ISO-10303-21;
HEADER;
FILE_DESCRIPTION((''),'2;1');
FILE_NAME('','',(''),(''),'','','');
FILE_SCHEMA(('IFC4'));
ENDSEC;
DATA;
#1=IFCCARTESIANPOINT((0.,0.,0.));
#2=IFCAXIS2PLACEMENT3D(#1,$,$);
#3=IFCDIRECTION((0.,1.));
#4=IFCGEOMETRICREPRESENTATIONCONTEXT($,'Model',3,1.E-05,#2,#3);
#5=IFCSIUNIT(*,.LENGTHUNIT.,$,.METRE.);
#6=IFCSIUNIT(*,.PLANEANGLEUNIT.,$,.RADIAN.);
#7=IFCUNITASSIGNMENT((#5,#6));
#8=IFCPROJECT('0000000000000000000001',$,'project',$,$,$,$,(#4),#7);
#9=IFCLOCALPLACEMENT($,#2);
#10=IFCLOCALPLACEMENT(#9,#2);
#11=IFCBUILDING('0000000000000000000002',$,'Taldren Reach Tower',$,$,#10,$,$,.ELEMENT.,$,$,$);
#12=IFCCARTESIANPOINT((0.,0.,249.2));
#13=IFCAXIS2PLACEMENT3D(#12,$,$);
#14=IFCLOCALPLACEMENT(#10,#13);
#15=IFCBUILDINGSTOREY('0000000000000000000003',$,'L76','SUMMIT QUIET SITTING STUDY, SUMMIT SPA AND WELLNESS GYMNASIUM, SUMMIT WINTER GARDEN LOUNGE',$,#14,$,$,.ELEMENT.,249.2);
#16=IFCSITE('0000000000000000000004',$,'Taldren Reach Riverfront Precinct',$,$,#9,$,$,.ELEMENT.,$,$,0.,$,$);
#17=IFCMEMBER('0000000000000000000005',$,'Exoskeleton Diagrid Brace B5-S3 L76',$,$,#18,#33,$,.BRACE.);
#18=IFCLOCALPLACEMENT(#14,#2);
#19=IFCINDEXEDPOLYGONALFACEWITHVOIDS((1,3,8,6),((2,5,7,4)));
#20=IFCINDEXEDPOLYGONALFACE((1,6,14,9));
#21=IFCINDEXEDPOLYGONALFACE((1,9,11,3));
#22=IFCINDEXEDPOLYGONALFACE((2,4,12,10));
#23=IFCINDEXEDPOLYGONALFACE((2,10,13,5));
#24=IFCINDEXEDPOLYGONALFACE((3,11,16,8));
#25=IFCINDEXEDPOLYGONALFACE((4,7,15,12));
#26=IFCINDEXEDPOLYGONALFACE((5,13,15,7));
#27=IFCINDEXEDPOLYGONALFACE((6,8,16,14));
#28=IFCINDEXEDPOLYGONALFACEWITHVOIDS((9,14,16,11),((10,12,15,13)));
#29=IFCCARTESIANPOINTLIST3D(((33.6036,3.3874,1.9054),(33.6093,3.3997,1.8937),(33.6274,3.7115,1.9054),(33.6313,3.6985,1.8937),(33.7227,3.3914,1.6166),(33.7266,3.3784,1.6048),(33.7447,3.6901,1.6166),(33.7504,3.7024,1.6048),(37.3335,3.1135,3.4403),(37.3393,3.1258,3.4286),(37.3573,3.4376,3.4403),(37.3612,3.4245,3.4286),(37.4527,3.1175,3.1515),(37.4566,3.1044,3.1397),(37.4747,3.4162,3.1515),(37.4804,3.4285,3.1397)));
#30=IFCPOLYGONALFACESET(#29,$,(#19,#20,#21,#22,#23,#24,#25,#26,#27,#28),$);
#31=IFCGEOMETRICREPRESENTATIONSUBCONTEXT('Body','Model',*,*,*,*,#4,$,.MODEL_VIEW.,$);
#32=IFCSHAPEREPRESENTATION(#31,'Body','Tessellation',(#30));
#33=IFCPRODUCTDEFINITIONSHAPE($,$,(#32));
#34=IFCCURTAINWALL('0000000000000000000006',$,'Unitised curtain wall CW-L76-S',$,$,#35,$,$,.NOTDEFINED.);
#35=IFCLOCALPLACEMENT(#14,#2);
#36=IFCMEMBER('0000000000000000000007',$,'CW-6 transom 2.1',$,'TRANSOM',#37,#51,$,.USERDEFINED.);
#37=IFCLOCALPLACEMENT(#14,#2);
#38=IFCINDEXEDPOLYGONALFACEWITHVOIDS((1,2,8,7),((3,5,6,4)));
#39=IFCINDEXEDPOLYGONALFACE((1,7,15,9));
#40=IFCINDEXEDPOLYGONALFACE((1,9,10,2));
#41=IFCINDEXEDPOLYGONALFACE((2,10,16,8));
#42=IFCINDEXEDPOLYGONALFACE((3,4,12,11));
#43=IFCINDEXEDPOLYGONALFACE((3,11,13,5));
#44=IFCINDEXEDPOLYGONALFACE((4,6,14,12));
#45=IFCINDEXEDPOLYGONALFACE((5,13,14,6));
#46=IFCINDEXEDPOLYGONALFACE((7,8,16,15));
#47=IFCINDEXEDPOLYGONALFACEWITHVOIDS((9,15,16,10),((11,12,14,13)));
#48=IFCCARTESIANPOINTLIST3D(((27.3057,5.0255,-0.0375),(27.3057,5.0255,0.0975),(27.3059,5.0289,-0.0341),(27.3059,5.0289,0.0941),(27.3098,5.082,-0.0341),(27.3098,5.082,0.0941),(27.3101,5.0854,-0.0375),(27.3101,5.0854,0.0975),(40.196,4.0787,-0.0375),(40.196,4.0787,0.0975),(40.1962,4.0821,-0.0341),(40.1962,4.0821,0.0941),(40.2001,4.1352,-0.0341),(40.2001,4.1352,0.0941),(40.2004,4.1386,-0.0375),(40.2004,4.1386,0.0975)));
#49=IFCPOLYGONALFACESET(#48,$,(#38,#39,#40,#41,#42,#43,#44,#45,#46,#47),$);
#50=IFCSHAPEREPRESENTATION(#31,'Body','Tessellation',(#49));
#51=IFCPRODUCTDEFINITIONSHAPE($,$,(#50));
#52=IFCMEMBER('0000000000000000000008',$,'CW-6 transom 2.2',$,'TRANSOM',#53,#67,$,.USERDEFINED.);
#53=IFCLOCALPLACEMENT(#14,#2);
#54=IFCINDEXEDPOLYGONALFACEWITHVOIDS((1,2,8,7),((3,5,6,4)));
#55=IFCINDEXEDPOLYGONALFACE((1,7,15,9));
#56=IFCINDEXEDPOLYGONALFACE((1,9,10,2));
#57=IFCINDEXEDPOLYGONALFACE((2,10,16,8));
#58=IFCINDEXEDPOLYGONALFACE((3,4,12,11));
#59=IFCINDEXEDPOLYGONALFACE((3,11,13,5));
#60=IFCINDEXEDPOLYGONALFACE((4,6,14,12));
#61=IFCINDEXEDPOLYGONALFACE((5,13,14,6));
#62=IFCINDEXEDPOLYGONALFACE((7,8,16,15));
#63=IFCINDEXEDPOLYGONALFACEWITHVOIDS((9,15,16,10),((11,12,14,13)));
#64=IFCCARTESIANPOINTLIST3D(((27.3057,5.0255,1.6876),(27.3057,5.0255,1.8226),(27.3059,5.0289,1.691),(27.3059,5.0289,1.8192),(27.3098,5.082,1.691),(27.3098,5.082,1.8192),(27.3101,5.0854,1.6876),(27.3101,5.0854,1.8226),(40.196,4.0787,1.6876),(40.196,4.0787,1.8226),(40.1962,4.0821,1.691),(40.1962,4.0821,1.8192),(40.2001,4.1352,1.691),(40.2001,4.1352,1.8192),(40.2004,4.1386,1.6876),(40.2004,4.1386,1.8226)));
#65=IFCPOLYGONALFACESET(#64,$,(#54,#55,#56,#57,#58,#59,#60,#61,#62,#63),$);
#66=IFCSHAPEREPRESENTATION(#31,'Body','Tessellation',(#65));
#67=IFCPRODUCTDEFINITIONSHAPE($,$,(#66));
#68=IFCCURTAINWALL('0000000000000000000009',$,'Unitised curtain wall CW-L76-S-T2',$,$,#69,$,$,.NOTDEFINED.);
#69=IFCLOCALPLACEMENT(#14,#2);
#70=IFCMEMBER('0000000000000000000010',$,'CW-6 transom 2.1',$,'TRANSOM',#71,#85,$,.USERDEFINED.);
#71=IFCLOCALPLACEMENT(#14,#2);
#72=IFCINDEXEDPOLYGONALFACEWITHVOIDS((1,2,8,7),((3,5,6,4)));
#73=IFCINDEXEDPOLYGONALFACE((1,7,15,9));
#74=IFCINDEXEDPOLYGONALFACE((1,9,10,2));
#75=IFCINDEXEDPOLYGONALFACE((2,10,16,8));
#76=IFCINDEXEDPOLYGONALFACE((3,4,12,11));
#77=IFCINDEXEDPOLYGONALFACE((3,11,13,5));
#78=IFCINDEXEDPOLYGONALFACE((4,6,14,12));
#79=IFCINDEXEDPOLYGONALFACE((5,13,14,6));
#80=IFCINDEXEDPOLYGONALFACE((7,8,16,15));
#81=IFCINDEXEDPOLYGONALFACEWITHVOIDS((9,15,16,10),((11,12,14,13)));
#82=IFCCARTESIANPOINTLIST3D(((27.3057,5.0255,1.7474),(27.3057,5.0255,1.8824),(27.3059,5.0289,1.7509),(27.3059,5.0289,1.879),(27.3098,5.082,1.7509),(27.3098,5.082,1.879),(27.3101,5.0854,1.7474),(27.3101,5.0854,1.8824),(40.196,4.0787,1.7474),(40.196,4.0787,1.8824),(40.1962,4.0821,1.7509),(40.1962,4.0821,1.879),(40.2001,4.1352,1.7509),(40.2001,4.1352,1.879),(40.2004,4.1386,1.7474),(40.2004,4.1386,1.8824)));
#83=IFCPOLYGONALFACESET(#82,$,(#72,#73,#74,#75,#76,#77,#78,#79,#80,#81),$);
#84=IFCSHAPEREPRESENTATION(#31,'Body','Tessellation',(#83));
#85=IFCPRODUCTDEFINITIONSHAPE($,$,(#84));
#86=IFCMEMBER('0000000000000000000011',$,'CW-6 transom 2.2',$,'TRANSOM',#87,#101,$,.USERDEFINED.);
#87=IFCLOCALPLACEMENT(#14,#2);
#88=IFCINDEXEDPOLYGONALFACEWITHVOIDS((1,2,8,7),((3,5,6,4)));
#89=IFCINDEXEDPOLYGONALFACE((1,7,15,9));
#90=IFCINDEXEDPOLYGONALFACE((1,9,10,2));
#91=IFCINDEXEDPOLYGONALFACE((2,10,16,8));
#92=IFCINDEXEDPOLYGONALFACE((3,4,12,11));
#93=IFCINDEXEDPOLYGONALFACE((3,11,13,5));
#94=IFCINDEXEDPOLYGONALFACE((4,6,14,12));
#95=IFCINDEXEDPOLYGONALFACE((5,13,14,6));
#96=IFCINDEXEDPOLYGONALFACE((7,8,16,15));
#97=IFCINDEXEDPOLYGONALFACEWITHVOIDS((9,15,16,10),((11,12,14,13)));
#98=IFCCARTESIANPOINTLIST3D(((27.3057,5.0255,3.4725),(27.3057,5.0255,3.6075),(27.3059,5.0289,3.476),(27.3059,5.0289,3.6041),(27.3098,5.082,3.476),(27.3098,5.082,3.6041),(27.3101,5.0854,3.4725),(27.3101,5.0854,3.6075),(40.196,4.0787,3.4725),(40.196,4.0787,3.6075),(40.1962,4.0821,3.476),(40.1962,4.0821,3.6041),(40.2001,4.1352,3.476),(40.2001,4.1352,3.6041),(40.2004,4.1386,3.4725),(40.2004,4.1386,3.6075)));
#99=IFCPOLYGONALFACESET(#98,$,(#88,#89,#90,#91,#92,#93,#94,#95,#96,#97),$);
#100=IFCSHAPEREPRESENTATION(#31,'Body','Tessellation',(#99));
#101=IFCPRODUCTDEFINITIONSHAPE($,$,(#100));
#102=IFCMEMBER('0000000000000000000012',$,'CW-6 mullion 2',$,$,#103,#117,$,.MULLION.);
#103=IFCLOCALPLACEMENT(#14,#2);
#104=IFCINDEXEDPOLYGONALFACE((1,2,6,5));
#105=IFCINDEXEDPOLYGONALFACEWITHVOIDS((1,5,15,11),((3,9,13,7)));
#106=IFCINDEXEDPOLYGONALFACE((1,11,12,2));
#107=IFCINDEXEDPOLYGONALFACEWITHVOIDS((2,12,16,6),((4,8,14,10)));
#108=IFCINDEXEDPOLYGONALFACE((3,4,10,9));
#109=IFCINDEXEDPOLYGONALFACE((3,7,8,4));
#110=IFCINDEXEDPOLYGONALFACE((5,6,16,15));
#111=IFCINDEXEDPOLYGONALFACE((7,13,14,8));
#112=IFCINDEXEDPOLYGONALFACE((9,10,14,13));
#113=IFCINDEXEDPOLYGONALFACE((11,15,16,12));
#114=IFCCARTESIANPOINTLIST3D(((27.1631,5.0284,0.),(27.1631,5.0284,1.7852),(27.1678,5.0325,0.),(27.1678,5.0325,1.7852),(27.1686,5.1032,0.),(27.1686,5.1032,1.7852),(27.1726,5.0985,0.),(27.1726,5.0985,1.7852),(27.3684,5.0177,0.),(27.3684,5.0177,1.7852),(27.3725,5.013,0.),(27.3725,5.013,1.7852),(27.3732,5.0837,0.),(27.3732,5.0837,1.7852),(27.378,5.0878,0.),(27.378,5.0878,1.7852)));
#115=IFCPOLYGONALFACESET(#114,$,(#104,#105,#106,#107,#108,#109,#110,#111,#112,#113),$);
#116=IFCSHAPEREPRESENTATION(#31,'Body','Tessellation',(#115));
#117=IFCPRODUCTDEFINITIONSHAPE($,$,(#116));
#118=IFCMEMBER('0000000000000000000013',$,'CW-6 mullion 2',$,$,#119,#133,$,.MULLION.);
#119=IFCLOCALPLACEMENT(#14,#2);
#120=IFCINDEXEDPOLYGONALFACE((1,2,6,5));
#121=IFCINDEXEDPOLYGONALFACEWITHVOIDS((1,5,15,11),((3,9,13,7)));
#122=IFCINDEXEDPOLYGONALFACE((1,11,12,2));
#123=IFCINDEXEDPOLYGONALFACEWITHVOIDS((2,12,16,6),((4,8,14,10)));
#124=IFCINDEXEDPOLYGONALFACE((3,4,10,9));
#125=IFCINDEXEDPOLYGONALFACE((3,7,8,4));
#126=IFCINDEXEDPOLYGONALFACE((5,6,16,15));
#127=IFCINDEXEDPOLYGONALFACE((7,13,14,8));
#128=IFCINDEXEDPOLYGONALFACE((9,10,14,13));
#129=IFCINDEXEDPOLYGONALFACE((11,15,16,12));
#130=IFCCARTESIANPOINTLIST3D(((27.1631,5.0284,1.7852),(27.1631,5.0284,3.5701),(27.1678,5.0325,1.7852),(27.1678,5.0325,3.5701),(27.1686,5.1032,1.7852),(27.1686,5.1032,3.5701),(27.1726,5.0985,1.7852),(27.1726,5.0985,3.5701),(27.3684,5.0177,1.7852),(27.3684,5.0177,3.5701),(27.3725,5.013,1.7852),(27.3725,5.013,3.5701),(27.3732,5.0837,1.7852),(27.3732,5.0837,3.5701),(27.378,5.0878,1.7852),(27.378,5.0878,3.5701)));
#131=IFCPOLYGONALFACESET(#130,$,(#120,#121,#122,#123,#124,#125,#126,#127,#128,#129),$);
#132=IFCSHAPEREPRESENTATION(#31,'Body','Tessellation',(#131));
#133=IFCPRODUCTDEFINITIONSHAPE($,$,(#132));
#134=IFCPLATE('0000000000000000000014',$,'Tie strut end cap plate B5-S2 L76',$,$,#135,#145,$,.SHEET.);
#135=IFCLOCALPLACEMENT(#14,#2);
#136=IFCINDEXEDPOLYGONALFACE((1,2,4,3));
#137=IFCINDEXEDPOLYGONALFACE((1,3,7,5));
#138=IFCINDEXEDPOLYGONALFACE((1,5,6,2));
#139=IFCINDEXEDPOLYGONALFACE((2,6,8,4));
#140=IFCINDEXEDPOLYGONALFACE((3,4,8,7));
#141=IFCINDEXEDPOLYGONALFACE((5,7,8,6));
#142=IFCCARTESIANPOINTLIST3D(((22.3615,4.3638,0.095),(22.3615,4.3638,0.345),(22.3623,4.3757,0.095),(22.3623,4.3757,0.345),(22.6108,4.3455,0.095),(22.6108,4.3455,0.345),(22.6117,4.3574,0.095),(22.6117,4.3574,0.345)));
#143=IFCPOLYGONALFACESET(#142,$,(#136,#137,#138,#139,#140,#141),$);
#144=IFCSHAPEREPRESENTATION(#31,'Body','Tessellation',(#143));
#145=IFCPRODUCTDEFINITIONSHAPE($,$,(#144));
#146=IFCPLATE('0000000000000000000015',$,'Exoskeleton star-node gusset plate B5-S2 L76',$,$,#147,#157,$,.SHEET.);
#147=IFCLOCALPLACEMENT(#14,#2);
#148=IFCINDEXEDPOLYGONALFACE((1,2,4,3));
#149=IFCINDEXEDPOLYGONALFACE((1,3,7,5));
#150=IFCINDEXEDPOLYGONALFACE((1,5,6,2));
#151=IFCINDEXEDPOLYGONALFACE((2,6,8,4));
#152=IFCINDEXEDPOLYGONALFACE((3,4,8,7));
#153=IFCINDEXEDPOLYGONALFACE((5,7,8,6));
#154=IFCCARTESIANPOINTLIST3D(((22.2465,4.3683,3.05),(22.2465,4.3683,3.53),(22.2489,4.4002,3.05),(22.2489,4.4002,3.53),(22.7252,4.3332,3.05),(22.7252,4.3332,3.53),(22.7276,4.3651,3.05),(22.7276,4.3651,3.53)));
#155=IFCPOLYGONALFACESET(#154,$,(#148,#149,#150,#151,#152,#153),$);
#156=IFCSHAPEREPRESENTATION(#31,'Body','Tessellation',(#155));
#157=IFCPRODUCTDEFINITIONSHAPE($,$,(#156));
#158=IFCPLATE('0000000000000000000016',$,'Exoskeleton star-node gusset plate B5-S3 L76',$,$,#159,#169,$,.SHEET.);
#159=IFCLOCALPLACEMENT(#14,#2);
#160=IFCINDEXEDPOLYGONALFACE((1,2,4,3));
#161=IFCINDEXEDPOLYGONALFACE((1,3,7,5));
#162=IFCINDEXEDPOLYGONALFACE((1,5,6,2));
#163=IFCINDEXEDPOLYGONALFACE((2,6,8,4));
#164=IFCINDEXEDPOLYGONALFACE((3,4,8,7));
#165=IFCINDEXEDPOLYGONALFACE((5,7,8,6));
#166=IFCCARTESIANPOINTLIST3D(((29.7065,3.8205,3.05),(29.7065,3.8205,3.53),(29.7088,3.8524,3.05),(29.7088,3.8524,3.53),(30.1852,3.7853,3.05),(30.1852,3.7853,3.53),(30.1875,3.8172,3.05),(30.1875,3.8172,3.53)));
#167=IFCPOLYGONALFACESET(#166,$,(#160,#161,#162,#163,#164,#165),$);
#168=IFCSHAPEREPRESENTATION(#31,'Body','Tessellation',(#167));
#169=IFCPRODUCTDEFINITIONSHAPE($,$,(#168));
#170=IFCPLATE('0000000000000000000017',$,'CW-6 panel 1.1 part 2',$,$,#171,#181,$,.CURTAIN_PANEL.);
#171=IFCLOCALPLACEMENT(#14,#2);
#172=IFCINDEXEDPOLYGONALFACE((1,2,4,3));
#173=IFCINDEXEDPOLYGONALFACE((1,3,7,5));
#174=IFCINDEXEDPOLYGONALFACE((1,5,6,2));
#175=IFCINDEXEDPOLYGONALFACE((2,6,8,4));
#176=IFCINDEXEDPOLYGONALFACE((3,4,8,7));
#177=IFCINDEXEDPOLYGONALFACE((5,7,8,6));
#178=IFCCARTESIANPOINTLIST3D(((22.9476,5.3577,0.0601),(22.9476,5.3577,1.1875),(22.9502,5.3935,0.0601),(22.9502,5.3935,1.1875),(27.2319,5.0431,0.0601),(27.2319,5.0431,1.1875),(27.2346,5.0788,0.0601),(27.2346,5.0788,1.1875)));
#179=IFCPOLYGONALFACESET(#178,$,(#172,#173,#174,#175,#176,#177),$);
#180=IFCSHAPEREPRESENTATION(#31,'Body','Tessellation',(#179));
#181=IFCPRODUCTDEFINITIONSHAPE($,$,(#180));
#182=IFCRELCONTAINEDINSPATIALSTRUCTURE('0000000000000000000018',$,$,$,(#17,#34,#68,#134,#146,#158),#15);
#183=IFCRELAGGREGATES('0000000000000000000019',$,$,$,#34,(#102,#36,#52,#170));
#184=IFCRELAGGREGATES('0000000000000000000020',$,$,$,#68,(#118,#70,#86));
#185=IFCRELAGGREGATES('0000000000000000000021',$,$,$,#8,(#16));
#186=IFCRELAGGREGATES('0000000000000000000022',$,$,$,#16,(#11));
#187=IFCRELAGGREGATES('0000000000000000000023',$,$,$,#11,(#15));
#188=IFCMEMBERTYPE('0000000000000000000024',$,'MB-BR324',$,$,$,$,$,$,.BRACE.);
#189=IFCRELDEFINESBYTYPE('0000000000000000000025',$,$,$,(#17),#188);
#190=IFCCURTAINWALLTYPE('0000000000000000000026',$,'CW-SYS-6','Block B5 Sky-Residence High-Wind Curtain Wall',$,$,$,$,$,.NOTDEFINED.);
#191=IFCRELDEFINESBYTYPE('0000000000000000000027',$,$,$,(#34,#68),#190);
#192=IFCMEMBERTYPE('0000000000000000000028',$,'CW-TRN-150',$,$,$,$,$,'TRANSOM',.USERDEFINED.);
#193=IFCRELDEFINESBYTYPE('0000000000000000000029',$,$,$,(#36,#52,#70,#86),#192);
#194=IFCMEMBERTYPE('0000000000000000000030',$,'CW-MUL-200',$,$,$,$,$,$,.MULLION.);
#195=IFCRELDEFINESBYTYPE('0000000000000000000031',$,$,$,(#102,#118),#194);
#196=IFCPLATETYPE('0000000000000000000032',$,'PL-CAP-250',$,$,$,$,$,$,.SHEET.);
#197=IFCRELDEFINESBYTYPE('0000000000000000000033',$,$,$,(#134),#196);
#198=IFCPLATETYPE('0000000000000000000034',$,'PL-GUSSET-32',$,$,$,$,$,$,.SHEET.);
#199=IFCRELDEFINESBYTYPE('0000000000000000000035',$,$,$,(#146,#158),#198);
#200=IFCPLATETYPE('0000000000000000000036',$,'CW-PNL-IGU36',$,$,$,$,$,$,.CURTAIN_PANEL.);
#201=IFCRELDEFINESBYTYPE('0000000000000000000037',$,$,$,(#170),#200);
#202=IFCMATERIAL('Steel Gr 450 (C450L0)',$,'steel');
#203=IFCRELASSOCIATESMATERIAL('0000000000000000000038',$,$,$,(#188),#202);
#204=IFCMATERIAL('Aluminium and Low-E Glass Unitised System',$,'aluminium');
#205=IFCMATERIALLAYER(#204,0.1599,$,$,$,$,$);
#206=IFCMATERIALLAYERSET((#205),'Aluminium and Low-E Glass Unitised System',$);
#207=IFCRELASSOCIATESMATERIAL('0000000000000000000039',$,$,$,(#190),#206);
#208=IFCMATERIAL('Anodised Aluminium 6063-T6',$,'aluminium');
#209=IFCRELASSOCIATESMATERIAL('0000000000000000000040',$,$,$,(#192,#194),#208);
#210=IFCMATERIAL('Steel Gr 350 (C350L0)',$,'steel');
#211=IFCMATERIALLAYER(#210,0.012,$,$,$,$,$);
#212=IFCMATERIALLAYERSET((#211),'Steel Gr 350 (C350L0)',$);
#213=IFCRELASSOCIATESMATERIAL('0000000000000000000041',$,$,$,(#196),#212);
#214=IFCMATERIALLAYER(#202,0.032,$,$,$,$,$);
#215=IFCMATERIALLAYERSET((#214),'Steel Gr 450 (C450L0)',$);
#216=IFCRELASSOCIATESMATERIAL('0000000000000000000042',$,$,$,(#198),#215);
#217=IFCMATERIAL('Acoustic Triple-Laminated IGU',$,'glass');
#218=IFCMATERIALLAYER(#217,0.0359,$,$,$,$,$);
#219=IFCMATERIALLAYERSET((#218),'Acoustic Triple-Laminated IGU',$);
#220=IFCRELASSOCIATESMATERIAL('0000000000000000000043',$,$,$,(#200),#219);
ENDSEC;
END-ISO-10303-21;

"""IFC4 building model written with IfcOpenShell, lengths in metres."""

from ifc_helpers import new_model, si_unit, direction, frame, origin, origin_2d, place, context, subcontext, project, spatial, rectangle, hollow_rectangle, extrude, source, transform, mapped, material, layer, layer_set, material_profile, profile_set, type_object, element, aggregate, save


model = new_model("IFC4")

# Units and contexts
model_context = context("Model", 3, precision=1e-05, world=origin(), true_north=direction((0.0, 1.0)))
body_context = subcontext(model_context, "Body", "Model", "MODEL_VIEW")
ifc_project = project(units=[si_unit("LENGTHUNIT", "METRE"), si_unit("PLANEANGLEUNIT", "RADIAN")], contexts=[model_context])

# Site, building, storey
site_placement = place(None, origin())
site = spatial("IfcSite", under=ifc_project, at=site_placement, Name="Taldren Reach Riverfront Precinct", CompositionType="ELEMENT", RefElevation=0.0)
building_placement = place(site_placement, origin())
building = spatial("IfcBuilding", under=site, at=building_placement, Name="Taldren Reach Tower", CompositionType="ELEMENT")
storey_placement = place(building_placement, frame((0.0, 0.0, 249.2)))
storey = spatial("IfcBuildingStorey", under=building, at=storey_placement, Name="L76", Description="SUMMIT QUIET SITTING STUDY, SUMMIT SPA AND WELLNESS GYMNASIUM, SUMMIT WINTER GARDEN LOUNGE", CompositionType="ELEMENT", Elevation=249.2)

# Shared definitions
ifc_material_1 = material(Name="Steel Gr 350 (C350L0)", Category="steel")
ifc_material_2 = material(Name="Steel Gr 450 (C450L0)", Category="steel")

# Member
ifc_material_profile_1 = material_profile(ifc_material_2, hollow_rectangle(XDim=0.325, YDim=0.325, WallThickness=0.0127, at=origin_2d()), Name="325x325x12.7SHS")
ifc_profile_set_1 = profile_set([ifc_material_profile_1], Name="Steel Gr 450 (C450L0)")
member_type_1 = type_object("IfcMemberType", Name="MB-BR324", PredefinedType="BRACE", material=ifc_profile_set_1)
shared_shape_1 = source(origin(), body_context, "Body", "SweptSolid", [
    extrude(hollow_rectangle(XDim=0.325, YDim=0.325, WallThickness=0.0127, at=origin_2d()), origin(), (0.0, 0.0, 1.0), 4.0427),
])
for number, where, z_axis, x_axis, name in (
    (1, (33.677, 3.5449, 1.7551), (0.922637, -0.067757, 0.379671), (0.073242, 0.997314, 0.0), "Exoskeleton Diagrid Brace B5-S3 L76"),
):
    element("IfcMember", number, at=place(storey_placement, frame(where, z_axis=z_axis, x_axis=x_axis)), inside=storey, type_object=member_type_1, Name=name, PredefinedType="BRACE", context=body_context, shape_type="MappedRepresentation", body=[
        mapped(shared_shape_1, transform((0.0, 0.0, 0.0), scale=1.0)),
    ])

# Curtain walls, members
ifc_material_3 = material(Name="Aluminium and Low-E Glass Unitised System", Category="aluminium")
ifc_layer_1 = layer(ifc_material_3, 0.1599)
ifc_layer_set_1 = layer_set([ifc_layer_1], Name="Aluminium and Low-E Glass Unitised System")
curtain_wall_type = type_object("IfcCurtainWallType", Name="CW-SYS-6", Description="Block B5 Sky-Residence High-Wind Curtain Wall", PredefinedType="NOTDEFINED", material=ifc_layer_set_1)
curtain_wall_1_placement = place(storey_placement, origin())
curtain_wall_1 = element("IfcCurtainWall", 2, at=curtain_wall_1_placement, inside=storey, type_object=curtain_wall_type, Name="Unitised curtain wall CW-L76-S", PredefinedType="NOTDEFINED")
ifc_material_4 = material(Name="Anodised Aluminium 6063-T6", Category="aluminium")
ifc_material_profile_2 = material_profile(ifc_material_4, hollow_rectangle(XDim=0.0601, YDim=0.135, WallThickness=0.0034, at=origin_2d()), Name="ALU-135x60x3.5RHS")
ifc_profile_set_2 = profile_set([ifc_material_profile_2], Name="Anodised Aluminium 6063-T6")
member_type_2 = type_object("IfcMemberType", Name="CW-TRN-150", ElementType="TRANSOM", PredefinedType="USERDEFINED", material=ifc_profile_set_2)
shared_shape_2 = source(origin(), body_context, "Body", "SweptSolid", [
    extrude(hollow_rectangle(XDim=0.0601, YDim=0.135, WallThickness=0.0034, at=origin_2d()), origin(), (0.0, 0.0, 1.0), 12.925),
])
member_1_placement = place(storey_placement, frame((27.3079, 5.0554, 0.03), z_axis=(0.997314, -0.073251, 0.0), x_axis=(0.073251, 0.997314, 0.0)))
member_1 = element("IfcMember", 3, at=member_1_placement, type_object=member_type_2, Name="CW-6 transom 2.1", ObjectType="TRANSOM", PredefinedType="USERDEFINED", context=body_context, shape_type="MappedRepresentation", body=[
    mapped(shared_shape_2, transform((0.0, 0.0, 0.0), scale=1.0)),
])
member_2_placement = place(storey_placement, frame((27.3079, 5.0554, 1.7551), z_axis=(0.997314, -0.073251, 0.0), x_axis=(0.073251, 0.997314, 0.0)))
member_2 = element("IfcMember", 4, at=member_2_placement, type_object=member_type_2, Name="CW-6 transom 2.2", ObjectType="TRANSOM", PredefinedType="USERDEFINED", context=body_context, shape_type="MappedRepresentation", body=[
    mapped(shared_shape_2, transform((0.0, 0.0, 0.0), scale=1.0)),
])
curtain_wall_2_placement = place(storey_placement, origin())
curtain_wall_2 = element("IfcCurtainWall", 5, at=curtain_wall_2_placement, inside=storey, type_object=curtain_wall_type, Name="Unitised curtain wall CW-L76-S-T2", PredefinedType="NOTDEFINED")
member_3_placement = place(storey_placement, frame((27.3079, 5.0554, 1.8149), z_axis=(0.997314, -0.073251, 0.0), x_axis=(0.073251, 0.997314, 0.0)))
member_3 = element("IfcMember", 6, at=member_3_placement, type_object=member_type_2, Name="CW-6 transom 2.1", ObjectType="TRANSOM", PredefinedType="USERDEFINED", context=body_context, shape_type="MappedRepresentation", body=[
    mapped(shared_shape_2, transform((0.0, 0.0, 0.0), scale=1.0)),
])
member_4_placement = place(storey_placement, frame((27.3079, 5.0554, 3.54), z_axis=(0.997314, -0.073251, 0.0), x_axis=(0.073251, 0.997314, 0.0)))
member_4 = element("IfcMember", 7, at=member_4_placement, type_object=member_type_2, Name="CW-6 transom 2.2", ObjectType="TRANSOM", PredefinedType="USERDEFINED", context=body_context, shape_type="MappedRepresentation", body=[
    mapped(shared_shape_2, transform((0.0, 0.0, 0.0), scale=1.0)),
])

# Members
ifc_material_profile_3 = material_profile(ifc_material_4, hollow_rectangle(XDim=0.075, YDim=0.21, WallThickness=0.0044, at=origin_2d()), Name="ALU-210x75x4.5RHS")
ifc_profile_set_3 = profile_set([ifc_material_profile_3], Name="Anodised Aluminium 6063-T6")
member_type_3 = type_object("IfcMemberType", Name="CW-MUL-200", PredefinedType="MULLION", material=ifc_profile_set_3)
shared_shape_3 = source(origin(), body_context, "Body", "SweptSolid", [
    extrude(hollow_rectangle(XDim=0.075, YDim=0.21, WallThickness=0.0044, at=origin_2d()), origin(), (0.0, 0.0, 1.0), 1.7852),
])
member_5_placement = place(storey_placement, frame((27.2705, 5.0581, 0.0), z_axis=(0.0, 0.0, 1.0), x_axis=(0.073238, 0.997314, 0.0)))
member_5 = element("IfcMember", 8, at=member_5_placement, type_object=member_type_3, Name="CW-6 mullion 2", PredefinedType="MULLION", context=body_context, shape_type="MappedRepresentation", body=[
    mapped(shared_shape_3, transform((0.0, 0.0, 0.0), scale=1.0)),
])
shared_shape_4 = source(origin(), body_context, "Body", "SweptSolid", [
    extrude(hollow_rectangle(XDim=0.075, YDim=0.21, WallThickness=0.0044, at=origin_2d()), origin(), (0.0, 0.0, 1.0), 1.7849),
])
member_6_placement = place(storey_placement, frame((27.2705, 5.0581, 1.7852), z_axis=(0.0, 0.0, 1.0), x_axis=(0.073238, 0.997314, 0.0)))
member_6 = element("IfcMember", 9, at=member_6_placement, type_object=member_type_3, Name="CW-6 mullion 2", PredefinedType="MULLION", context=body_context, shape_type="MappedRepresentation", body=[
    mapped(shared_shape_4, transform((0.0, 0.0, 0.0), scale=1.0)),
])

# Plates
ifc_layer_2 = layer(ifc_material_1, 0.012)
ifc_layer_set_2 = layer_set([ifc_layer_2], Name="Steel Gr 350 (C350L0)")
plate_type_1 = type_object("IfcPlateType", Name="PL-CAP-250", PredefinedType="SHEET", material=ifc_layer_set_2)
shared_shape_5 = source(origin(), body_context, "Body", "SweptSolid", [
    extrude(rectangle(XDim=0.25, YDim=0.012, at=origin_2d()), origin(), (0.0, 0.0, 1.0), 0.25),
])
plate_1_placement = place(storey_placement, frame((22.4866, 4.3606, 0.095), z_axis=(0.0, 0.0, 1.0), x_axis=(0.997314, -0.073238, 0.0)))
element("IfcPlate", 10, at=plate_1_placement, inside=storey, type_object=plate_type_1, Name="Tie strut end cap plate B5-S2 L76", PredefinedType="SHEET", context=body_context, shape_type="MappedRepresentation", body=[
    mapped(shared_shape_5, transform((0.0, 0.0, 0.0), scale=1.0)),
])
ifc_layer_3 = layer(ifc_material_2, 0.032)
ifc_layer_set_3 = layer_set([ifc_layer_3], Name="Steel Gr 450 (C450L0)")
plate_type_2 = type_object("IfcPlateType", Name="PL-GUSSET-32", PredefinedType="SHEET", material=ifc_layer_set_3)
shared_shape_6 = source(origin(), body_context, "Body", "SweptSolid", [
    extrude(rectangle(XDim=0.48, YDim=0.032, at=origin_2d()), origin(), (0.0, 0.0, 1.0), 0.48),
])
for number, where, z_axis, x_axis, name in (
    (11, (22.4871, 4.3667, 3.05), (0.0, 0.0, 1.0), (0.997314, -0.073238, 0.0), "Exoskeleton star-node gusset plate B5-S2 L76"),
    (12, (29.947, 3.8188, 3.05), (0.0, 0.0, 1.0), (0.997314, -0.073238, 0.0), "Exoskeleton star-node gusset plate B5-S3 L76"),
):
    element("IfcPlate", number, at=place(storey_placement, frame(where, z_axis=z_axis, x_axis=x_axis)), inside=storey, type_object=plate_type_2, Name=name, PredefinedType="SHEET", context=body_context, shape_type="MappedRepresentation", body=[
        mapped(shared_shape_6, transform((0.0, 0.0, 0.0), scale=1.0)),
    ])

# Plate
ifc_material_5 = material(Name="Acoustic Triple-Laminated IGU", Category="glass")
ifc_layer_4 = layer(ifc_material_5, 0.0359)
ifc_layer_set_4 = layer_set([ifc_layer_4], Name="Acoustic Triple-Laminated IGU")
plate_type_3 = type_object("IfcPlateType", Name="CW-PNL-IGU36", PredefinedType="CURTAIN_PANEL", material=ifc_layer_set_4)
shared_shape_7 = source(origin(), body_context, "Body", "SweptSolid", [
    extrude(rectangle(XDim=4.2959, YDim=0.0359, at=origin_2d()), origin(), (0.0, 0.0, 1.0), 1.1274),
])
plate_2_placement = place(storey_placement, frame((25.0911, 5.2183, 0.0601), z_axis=(0.0, 0.0, 1.0), x_axis=(0.997314, -0.073238, 0.0)))
plate_2 = element("IfcPlate", 13, at=plate_2_placement, type_object=plate_type_3, Name="CW-6 panel 1.1 part 2", PredefinedType="CURTAIN_PANEL", context=body_context, shape_type="MappedRepresentation", body=[
    mapped(shared_shape_7, transform((0.0, 0.0, 0.0), scale=1.0)),
])
aggregate(curtain_wall_1, [member_5, member_1, member_2, plate_2])
aggregate(curtain_wall_2, [member_6, member_3, member_4])

save(model, "model.ifc")
